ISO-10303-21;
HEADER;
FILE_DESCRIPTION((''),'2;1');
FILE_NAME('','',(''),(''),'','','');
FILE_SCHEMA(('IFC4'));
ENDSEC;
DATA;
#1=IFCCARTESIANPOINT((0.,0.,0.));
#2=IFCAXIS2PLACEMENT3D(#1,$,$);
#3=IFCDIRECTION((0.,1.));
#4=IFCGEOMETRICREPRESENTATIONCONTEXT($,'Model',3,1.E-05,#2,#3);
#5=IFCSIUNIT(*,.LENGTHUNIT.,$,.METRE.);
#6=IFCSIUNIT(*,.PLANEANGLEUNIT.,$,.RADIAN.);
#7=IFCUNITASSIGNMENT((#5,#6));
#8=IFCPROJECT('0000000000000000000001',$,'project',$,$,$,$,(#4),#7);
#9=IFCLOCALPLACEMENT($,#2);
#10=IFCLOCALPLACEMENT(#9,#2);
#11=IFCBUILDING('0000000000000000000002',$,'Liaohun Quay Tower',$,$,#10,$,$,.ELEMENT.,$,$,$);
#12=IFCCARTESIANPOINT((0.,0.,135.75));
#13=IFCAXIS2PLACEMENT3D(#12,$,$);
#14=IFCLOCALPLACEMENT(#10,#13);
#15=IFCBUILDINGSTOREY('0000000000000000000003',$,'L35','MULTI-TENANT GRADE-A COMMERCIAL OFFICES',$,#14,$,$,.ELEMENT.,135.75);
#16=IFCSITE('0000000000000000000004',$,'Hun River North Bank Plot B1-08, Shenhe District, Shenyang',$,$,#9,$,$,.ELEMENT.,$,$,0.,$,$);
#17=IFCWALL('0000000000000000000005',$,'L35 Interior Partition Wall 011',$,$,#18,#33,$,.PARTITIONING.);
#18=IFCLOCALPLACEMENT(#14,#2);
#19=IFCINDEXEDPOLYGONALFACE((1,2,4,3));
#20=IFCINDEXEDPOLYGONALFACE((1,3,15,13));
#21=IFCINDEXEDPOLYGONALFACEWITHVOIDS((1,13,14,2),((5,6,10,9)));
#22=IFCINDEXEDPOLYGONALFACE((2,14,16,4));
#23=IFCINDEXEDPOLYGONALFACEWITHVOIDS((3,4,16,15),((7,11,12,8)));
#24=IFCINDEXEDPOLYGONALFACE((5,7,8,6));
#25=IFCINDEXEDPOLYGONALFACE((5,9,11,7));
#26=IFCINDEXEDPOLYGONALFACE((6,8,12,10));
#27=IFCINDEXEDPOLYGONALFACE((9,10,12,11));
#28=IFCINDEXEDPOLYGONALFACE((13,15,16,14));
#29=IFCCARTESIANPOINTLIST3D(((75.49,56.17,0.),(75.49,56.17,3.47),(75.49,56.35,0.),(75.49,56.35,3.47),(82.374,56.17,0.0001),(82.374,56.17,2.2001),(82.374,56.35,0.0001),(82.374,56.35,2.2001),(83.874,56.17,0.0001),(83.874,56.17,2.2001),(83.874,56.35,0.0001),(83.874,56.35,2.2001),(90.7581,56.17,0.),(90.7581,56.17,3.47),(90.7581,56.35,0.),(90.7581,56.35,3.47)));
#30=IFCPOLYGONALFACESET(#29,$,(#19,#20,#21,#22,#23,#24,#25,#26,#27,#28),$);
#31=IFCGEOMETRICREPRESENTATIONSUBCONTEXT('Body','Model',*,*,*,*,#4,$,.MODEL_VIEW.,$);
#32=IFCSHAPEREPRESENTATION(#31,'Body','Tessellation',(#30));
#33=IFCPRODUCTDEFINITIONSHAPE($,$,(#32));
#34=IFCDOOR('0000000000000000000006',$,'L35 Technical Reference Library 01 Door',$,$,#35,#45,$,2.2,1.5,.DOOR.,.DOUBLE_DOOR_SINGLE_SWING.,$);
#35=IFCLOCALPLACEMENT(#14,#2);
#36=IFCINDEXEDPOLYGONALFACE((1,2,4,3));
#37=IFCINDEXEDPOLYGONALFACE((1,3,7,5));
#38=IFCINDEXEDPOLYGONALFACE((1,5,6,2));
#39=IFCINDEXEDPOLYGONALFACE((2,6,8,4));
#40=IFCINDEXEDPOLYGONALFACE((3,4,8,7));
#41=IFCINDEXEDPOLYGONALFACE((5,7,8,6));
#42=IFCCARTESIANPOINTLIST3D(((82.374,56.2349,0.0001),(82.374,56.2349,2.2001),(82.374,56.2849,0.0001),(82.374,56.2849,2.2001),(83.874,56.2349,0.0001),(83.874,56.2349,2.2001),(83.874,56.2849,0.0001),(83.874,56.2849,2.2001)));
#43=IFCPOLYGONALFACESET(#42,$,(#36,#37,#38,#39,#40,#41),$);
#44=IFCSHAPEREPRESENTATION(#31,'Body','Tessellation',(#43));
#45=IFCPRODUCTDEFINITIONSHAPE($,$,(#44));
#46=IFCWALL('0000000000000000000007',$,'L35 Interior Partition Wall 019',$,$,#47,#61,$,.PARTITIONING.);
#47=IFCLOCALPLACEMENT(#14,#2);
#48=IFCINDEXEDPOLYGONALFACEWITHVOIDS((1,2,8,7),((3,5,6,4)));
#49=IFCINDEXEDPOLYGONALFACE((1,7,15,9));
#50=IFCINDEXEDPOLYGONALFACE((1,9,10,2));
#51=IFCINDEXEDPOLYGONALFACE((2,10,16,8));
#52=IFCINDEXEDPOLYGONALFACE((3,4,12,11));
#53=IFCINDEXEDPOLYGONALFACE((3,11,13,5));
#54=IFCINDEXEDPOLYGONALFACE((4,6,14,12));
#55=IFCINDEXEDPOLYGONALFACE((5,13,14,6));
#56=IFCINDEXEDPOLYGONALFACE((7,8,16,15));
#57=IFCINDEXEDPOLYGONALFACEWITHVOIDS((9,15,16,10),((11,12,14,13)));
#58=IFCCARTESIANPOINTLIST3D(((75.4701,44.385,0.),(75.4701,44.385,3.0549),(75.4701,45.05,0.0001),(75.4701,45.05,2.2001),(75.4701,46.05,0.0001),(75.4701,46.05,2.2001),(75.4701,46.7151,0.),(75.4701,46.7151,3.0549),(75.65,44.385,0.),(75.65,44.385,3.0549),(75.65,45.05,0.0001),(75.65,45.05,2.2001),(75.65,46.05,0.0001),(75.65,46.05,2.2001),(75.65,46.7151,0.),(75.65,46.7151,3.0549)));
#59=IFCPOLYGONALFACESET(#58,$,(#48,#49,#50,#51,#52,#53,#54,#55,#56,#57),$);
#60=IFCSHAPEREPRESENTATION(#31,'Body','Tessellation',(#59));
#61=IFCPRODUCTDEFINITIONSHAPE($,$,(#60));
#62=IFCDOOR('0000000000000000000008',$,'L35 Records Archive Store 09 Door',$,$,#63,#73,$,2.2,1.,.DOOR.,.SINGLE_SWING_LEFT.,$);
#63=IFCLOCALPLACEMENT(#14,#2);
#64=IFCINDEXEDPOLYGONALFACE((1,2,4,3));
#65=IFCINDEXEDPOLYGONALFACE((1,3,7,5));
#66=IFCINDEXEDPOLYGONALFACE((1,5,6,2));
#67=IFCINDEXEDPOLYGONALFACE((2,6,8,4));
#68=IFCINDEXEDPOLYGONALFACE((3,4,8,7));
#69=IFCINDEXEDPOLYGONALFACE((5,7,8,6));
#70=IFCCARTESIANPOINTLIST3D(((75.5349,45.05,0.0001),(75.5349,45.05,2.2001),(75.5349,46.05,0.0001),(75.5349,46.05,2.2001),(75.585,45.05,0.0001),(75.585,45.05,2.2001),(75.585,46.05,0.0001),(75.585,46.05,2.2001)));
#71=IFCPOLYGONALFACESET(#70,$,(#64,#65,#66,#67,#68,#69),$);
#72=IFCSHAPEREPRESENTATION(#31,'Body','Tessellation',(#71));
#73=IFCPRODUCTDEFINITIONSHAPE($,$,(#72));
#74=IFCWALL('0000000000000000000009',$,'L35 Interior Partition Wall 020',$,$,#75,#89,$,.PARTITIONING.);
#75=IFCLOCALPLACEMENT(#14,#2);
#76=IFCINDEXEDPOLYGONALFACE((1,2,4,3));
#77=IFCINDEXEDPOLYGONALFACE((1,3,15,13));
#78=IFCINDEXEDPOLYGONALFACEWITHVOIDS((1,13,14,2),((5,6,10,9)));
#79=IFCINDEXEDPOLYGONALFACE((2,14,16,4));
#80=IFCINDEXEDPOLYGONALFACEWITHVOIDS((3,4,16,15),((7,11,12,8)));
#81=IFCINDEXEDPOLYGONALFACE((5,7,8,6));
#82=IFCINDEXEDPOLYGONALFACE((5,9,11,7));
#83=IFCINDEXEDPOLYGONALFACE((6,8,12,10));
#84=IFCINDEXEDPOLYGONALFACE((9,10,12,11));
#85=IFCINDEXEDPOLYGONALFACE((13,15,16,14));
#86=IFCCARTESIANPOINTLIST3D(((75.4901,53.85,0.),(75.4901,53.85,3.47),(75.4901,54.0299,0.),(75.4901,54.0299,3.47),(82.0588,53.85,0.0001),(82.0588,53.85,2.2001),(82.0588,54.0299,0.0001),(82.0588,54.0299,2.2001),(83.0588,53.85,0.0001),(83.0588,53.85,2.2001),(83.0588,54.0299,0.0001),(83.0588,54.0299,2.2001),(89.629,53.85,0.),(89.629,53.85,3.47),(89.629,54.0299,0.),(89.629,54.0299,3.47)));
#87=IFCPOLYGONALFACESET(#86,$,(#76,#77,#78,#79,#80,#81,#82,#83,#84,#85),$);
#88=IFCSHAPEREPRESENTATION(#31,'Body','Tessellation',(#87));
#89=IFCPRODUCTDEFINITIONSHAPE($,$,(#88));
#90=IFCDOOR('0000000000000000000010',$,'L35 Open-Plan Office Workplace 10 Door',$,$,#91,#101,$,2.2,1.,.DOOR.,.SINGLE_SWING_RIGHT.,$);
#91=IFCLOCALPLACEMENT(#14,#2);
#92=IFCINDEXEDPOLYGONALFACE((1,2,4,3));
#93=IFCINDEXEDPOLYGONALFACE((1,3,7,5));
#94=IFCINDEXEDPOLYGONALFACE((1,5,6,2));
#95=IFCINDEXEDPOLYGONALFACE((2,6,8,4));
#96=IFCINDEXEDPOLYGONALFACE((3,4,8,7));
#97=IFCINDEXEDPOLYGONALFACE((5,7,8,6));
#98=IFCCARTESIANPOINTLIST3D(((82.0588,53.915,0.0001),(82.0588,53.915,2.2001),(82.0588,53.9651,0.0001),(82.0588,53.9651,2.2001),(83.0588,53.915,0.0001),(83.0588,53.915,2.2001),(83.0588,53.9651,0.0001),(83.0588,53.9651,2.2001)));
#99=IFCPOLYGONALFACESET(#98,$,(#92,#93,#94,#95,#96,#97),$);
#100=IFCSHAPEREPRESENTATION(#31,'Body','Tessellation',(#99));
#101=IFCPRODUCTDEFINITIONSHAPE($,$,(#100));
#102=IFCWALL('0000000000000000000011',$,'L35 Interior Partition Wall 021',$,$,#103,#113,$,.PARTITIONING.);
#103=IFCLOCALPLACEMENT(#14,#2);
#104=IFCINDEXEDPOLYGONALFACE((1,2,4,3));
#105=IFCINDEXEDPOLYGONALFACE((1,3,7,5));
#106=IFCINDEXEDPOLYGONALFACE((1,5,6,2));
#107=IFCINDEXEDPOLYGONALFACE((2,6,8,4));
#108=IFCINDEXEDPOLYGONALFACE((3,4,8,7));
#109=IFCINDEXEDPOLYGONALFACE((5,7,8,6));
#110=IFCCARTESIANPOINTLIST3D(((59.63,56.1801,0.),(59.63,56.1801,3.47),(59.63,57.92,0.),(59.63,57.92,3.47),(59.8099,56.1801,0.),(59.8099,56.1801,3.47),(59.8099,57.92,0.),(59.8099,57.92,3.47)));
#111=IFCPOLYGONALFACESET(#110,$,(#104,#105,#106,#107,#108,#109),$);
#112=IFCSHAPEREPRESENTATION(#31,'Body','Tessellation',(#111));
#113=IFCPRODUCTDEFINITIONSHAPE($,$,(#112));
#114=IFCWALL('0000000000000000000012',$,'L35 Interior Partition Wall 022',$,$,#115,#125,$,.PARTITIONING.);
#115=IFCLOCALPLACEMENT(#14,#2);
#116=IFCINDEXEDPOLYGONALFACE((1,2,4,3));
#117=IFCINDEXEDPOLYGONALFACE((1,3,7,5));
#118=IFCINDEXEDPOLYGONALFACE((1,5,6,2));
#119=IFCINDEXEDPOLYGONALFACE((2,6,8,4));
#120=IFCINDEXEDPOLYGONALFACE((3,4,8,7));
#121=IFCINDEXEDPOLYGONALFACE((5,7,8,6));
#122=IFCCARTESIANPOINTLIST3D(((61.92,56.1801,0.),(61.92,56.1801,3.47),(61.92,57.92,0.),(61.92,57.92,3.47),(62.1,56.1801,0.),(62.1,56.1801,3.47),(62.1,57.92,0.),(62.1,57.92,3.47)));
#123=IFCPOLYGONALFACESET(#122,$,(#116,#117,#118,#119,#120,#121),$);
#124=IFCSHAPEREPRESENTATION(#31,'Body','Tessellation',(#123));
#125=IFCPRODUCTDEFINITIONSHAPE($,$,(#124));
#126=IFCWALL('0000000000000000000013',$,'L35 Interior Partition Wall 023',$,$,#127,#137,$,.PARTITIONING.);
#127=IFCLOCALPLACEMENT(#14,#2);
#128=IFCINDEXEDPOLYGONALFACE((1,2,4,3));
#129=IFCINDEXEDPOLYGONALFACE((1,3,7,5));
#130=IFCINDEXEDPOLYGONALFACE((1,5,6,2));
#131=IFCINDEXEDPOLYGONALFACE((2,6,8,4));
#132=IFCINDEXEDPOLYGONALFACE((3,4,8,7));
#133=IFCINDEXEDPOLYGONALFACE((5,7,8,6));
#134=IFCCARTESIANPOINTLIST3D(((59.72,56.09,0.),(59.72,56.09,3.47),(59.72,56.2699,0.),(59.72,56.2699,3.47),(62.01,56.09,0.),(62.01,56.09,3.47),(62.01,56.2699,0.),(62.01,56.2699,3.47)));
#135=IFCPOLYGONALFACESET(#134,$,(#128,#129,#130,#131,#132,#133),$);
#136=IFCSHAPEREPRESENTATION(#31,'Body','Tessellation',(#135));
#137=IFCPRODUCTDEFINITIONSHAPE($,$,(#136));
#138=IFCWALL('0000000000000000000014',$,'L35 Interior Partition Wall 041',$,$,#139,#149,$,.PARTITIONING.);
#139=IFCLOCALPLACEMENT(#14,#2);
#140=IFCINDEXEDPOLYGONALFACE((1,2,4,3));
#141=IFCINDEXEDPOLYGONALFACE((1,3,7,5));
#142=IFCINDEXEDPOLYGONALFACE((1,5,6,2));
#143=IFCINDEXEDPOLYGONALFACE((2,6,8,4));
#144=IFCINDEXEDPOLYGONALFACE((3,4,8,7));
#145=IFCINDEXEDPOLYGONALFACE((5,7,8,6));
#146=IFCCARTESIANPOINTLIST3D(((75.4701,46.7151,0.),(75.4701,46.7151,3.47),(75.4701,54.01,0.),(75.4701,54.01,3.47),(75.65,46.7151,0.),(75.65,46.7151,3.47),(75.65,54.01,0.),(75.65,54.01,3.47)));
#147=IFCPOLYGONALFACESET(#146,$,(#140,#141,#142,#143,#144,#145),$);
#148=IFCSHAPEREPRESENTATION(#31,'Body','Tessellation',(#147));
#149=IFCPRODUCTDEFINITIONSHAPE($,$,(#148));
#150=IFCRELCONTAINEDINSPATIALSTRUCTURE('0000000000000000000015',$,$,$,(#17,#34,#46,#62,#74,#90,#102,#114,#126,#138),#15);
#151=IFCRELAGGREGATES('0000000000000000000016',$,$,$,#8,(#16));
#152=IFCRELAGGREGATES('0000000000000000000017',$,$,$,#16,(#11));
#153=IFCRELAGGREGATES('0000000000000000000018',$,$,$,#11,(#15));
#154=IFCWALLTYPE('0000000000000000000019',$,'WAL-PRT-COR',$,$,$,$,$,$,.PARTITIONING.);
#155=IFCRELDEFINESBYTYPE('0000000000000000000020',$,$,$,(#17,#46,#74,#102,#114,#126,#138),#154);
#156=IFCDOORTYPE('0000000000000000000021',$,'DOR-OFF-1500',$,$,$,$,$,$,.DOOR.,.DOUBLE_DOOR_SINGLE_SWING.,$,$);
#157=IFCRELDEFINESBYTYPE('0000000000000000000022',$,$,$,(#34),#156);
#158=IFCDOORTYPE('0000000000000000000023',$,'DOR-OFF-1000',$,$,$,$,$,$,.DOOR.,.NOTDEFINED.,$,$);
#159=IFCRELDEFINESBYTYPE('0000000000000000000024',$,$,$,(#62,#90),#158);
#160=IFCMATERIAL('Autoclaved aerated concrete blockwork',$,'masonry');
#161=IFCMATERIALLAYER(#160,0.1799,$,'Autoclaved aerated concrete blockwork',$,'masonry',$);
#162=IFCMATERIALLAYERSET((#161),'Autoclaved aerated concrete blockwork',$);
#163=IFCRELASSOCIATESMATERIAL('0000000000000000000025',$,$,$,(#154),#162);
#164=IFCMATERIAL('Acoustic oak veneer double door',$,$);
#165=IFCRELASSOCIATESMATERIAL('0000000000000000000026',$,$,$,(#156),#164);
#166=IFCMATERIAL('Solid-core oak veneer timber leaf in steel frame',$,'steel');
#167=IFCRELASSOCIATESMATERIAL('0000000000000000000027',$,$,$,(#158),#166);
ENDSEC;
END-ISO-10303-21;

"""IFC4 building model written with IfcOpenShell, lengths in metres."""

from ifc_helpers import new_model, si_unit, direction, frame, frame_2d, origin, place, context, subcontext, project, spatial, rectangle, extrude, source, transform, mapped, material, layer, layer_set, type_object, element, fill, save


model = new_model("IFC4")

# Units and contexts
model_context = context("Model", 3, precision=1e-05, world=origin(), true_north=direction((0.0, 1.0)))
body_context = subcontext(model_context, "Body", "Model", "MODEL_VIEW")
ifc_project = project(units=[si_unit("LENGTHUNIT", "METRE"), si_unit("PLANEANGLEUNIT", "RADIAN")], contexts=[model_context])

# Site, building, storey
site_placement = place(None, origin())
site = spatial("IfcSite", under=ifc_project, at=site_placement, Name="Hun River North Bank Plot B1-08, Shenhe District, Shenyang", CompositionType="ELEMENT", RefElevation=0.0)
building_placement = place(site_placement, origin())
building = spatial("IfcBuilding", under=site, at=building_placement, Name="Liaohun Quay Tower", CompositionType="ELEMENT")
storey_placement = place(building_placement, frame((0.0, 0.0, 135.75)))
storey = spatial("IfcBuildingStorey", under=building, at=storey_placement, Name="L35", Description="MULTI-TENANT GRADE-A COMMERCIAL OFFICES", CompositionType="ELEMENT", Elevation=135.75)

# Walls, openings, doors
ifc_material_1 = material(Name="Autoclaved aerated concrete blockwork", Category="masonry")
ifc_layer_1 = layer(ifc_material_1, 0.1799, Name="Autoclaved aerated concrete blockwork", Category="masonry")
ifc_layer_set_1 = layer_set([ifc_layer_1], Name="Autoclaved aerated concrete blockwork")
wall_type_1 = type_object("IfcWallType", Name="WAL-PRT-COR", PredefinedType="PARTITIONING", material=ifc_layer_set_1)
wall_1_placement = place(storey_placement, frame((75.49, 56.26, 0.0), z_axis=(0.0, 0.0, 1.0), x_axis=(1.0, 0.0, 0.0)))
wall_1 = element("IfcWall", 1, at=wall_1_placement, inside=storey, type_object=wall_type_1, Name="L35 Interior Partition Wall 011", PredefinedType="PARTITIONING", context=body_context, shape_type="SweptSolid", body=[
    extrude(rectangle(XDim=15.2681, YDim=0.1799, at=frame_2d((7.634, 0.0))), origin(), (0.0, 0.0, 1.0), 3.47),
])
shared_shape_1 = source(origin(), body_context, "Body", "SweptSolid", [
    extrude(rectangle(XDim=1.5, YDim=2.2, at=frame_2d((0.75, 1.1001))), frame((0.0, 0.0999, 0.0), z_axis=(0.0, -1.0, 0.0), x_axis=(1.0, 0.0, 0.0)), (0.0, 0.0, 1.0), 0.2),
])
opening_1_placement = place(wall_1_placement, frame((6.884, 0.0, 0.0)))
opening_1 = element("IfcOpeningElement", 2, at=opening_1_placement, cuts=wall_1, PredefinedType="OPENING", context=body_context, shape_type="MappedRepresentation", body=[
    mapped(shared_shape_1, transform((0.0, 0.0, 0.0), x_axis=(1.0, 0.0, 0.0), y_axis=(0.0, 1.0, 0.0), z_axis=(0.0, 0.0, 1.0), scale=1.0)),
])
ifc_material_2 = material(Name="Acoustic oak veneer double door")
door_type_1 = type_object("IfcDoorType", Name="DOR-OFF-1500", OperationType="DOUBLE_DOOR_SINGLE_SWING", PredefinedType="DOOR", material=ifc_material_2)
shared_shape_2 = source(origin(), body_context, "Body", "SweptSolid", [
    extrude(rectangle(XDim=1.5, YDim=2.2, at=frame_2d((0.75, 1.1001))), frame((0.0, 0.0249, 0.0), z_axis=(0.0, -1.0, 0.0), x_axis=(1.0, 0.0, 0.0)), (0.0, 0.0, 1.0), 0.05),
])
door_1_placement = place(opening_1_placement, origin())
door_1 = element("IfcDoor", 3, at=door_1_placement, inside=storey, type_object=door_type_1, Name="L35 Technical Reference Library 01 Door", OperationType="DOUBLE_DOOR_SINGLE_SWING", OverallHeight=2.2, OverallWidth=1.5, PredefinedType="DOOR", context=body_context, shape_type="MappedRepresentation", body=[
    mapped(shared_shape_2, transform((0.0, 0.0, 0.0), x_axis=(1.0, 0.0, 0.0), y_axis=(0.0, 1.0, 0.0), z_axis=(0.0, 0.0, 1.0), scale=1.0)),
])
fill(opening_1, door_1)
wall_2_placement = place(storey_placement, frame((75.5601, 46.7151, 0.0), z_axis=(0.0, 0.0, 1.0), x_axis=(0.0, -1.0, 0.0)))
wall_2 = element("IfcWall", 4, at=wall_2_placement, inside=storey, type_object=wall_type_1, Name="L35 Interior Partition Wall 019", PredefinedType="PARTITIONING", context=body_context, shape_type="SweptSolid", body=[
    extrude(rectangle(XDim=2.3301, YDim=0.1799, at=frame_2d((1.165, 0.0))), origin(), (0.0, 0.0, 1.0), 3.0549),
])
shared_shape_3 = source(origin(), body_context, "Body", "SweptSolid", [
    extrude(rectangle(XDim=1.0, YDim=2.2, at=frame_2d((0.5, 1.1001))), frame((0.0, 0.0999, 0.0), z_axis=(0.0, -1.0, 0.0), x_axis=(1.0, 0.0, 0.0)), (0.0, 0.0, 1.0), 0.2),
])
opening_2_placement = place(wall_2_placement, frame((0.665, 0.0, 0.0)))
opening_2 = element("IfcOpeningElement", 5, at=opening_2_placement, cuts=wall_2, PredefinedType="OPENING", context=body_context, shape_type="MappedRepresentation", body=[
    mapped(shared_shape_3, transform((0.0, 0.0, 0.0), x_axis=(1.0, 0.0, 0.0), y_axis=(0.0, 1.0, 0.0), z_axis=(0.0, 0.0, 1.0), scale=1.0)),
])
ifc_material_3 = material(Name="Solid-core oak veneer timber leaf in steel frame", Category="steel")
door_type_2 = type_object("IfcDoorType", Name="DOR-OFF-1000", OperationType="NOTDEFINED", PredefinedType="DOOR", material=ifc_material_3)
shared_shape_4 = source(origin(), body_context, "Body", "SweptSolid", [
    extrude(rectangle(XDim=1.0, YDim=2.2, at=frame_2d((0.5, 1.1001))), frame((0.0, 0.0249, 0.0), z_axis=(0.0, -1.0, 0.0), x_axis=(1.0, 0.0, 0.0)), (0.0, 0.0, 1.0), 0.05),
])
door_2_placement = place(opening_2_placement, origin())
door_2 = element("IfcDoor", 6, at=door_2_placement, inside=storey, type_object=door_type_2, Name="L35 Records Archive Store 09 Door", OperationType="SINGLE_SWING_LEFT", OverallHeight=2.2, OverallWidth=1.0, PredefinedType="DOOR", context=body_context, shape_type="MappedRepresentation", body=[
    mapped(shared_shape_4, transform((0.0, 0.0, 0.0), x_axis=(1.0, 0.0, 0.0), y_axis=(0.0, 1.0, 0.0), z_axis=(0.0, 0.0, 1.0), scale=1.0)),
])
fill(opening_2, door_2)
wall_3_placement = place(storey_placement, frame((89.6289, 53.9399, 0.0), z_axis=(0.0, 0.0, 1.0), x_axis=(-1.0, 0.0, 0.0)))
wall_3 = element("IfcWall", 7, at=wall_3_placement, inside=storey, type_object=wall_type_1, Name="L35 Interior Partition Wall 020", PredefinedType="PARTITIONING", context=body_context, shape_type="SweptSolid", body=[
    extrude(rectangle(XDim=14.1389, YDim=0.1799, at=frame_2d((7.0693, 0.0))), origin(), (0.0, 0.0, 1.0), 3.47),
])
opening_3_placement = place(wall_3_placement, frame((6.5701, 0.0, 0.0)))
opening_3 = element("IfcOpeningElement", 8, at=opening_3_placement, cuts=wall_3, PredefinedType="OPENING", context=body_context, shape_type="MappedRepresentation", body=[
    mapped(shared_shape_3, transform((0.0, 0.0, 0.0), x_axis=(1.0, 0.0, 0.0), y_axis=(0.0, 1.0, 0.0), z_axis=(0.0, 0.0, 1.0), scale=1.0)),
])
door_3_placement = place(opening_3_placement, origin())
door_3 = element("IfcDoor", 9, at=door_3_placement, inside=storey, type_object=door_type_2, Name="L35 Open-Plan Office Workplace 10 Door", OperationType="SINGLE_SWING_RIGHT", OverallHeight=2.2, OverallWidth=1.0, PredefinedType="DOOR", context=body_context, shape_type="MappedRepresentation", body=[
    mapped(shared_shape_4, transform((0.0, 0.0, 0.0), x_axis=(1.0, 0.0, 0.0), y_axis=(0.0, 1.0, 0.0), z_axis=(0.0, 0.0, 1.0), scale=1.0)),
])
fill(opening_3, door_3)

# Walls
for number, where, z_axis, x_axis, name in (
    (10, (59.72, 56.1799, 0.0), (0.0, 0.0, 1.0), (0.0, 1.0, 0.0), "L35 Interior Partition Wall 021"),
    (11, (62.01, 56.1799, 0.0), (0.0, 0.0, 1.0), (0.0, 1.0, 0.0), "L35 Interior Partition Wall 022"),
):
    element("IfcWall", number, at=place(storey_placement, frame(where, z_axis=z_axis, x_axis=x_axis)), inside=storey, type_object=wall_type_1, Name=name, PredefinedType="PARTITIONING", context=body_context, shape_type="SweptSolid", body=[
        extrude(rectangle(XDim=1.74, YDim=0.1799, at=frame_2d((0.8701, 0.0))), origin(), (0.0, 0.0, 1.0), 3.47),
    ])
wall_4_placement = place(storey_placement, frame((59.72, 56.1799, 0.0), z_axis=(0.0, 0.0, 1.0), x_axis=(1.0, 0.0, 0.0)))
element("IfcWall", 12, at=wall_4_placement, inside=storey, type_object=wall_type_1, Name="L35 Interior Partition Wall 023", PredefinedType="PARTITIONING", context=body_context, shape_type="SweptSolid", body=[
    extrude(rectangle(XDim=2.29, YDim=0.1799, at=frame_2d((1.145, 0.0))), origin(), (0.0, 0.0, 1.0), 3.47),
])
wall_5_placement = place(storey_placement, frame((75.5601, 54.01, 0.0), z_axis=(0.0, 0.0, 1.0), x_axis=(0.0, -1.0, 0.0)))
element("IfcWall", 13, at=wall_5_placement, inside=storey, type_object=wall_type_1, Name="L35 Interior Partition Wall 041", PredefinedType="PARTITIONING", context=body_context, shape_type="SweptSolid", body=[
    extrude(rectangle(XDim=7.2949, YDim=0.1799, at=frame_2d((3.6475, 0.0))), origin(), (0.0, 0.0, 1.0), 3.47),
])

save(model, "model.ifc")
